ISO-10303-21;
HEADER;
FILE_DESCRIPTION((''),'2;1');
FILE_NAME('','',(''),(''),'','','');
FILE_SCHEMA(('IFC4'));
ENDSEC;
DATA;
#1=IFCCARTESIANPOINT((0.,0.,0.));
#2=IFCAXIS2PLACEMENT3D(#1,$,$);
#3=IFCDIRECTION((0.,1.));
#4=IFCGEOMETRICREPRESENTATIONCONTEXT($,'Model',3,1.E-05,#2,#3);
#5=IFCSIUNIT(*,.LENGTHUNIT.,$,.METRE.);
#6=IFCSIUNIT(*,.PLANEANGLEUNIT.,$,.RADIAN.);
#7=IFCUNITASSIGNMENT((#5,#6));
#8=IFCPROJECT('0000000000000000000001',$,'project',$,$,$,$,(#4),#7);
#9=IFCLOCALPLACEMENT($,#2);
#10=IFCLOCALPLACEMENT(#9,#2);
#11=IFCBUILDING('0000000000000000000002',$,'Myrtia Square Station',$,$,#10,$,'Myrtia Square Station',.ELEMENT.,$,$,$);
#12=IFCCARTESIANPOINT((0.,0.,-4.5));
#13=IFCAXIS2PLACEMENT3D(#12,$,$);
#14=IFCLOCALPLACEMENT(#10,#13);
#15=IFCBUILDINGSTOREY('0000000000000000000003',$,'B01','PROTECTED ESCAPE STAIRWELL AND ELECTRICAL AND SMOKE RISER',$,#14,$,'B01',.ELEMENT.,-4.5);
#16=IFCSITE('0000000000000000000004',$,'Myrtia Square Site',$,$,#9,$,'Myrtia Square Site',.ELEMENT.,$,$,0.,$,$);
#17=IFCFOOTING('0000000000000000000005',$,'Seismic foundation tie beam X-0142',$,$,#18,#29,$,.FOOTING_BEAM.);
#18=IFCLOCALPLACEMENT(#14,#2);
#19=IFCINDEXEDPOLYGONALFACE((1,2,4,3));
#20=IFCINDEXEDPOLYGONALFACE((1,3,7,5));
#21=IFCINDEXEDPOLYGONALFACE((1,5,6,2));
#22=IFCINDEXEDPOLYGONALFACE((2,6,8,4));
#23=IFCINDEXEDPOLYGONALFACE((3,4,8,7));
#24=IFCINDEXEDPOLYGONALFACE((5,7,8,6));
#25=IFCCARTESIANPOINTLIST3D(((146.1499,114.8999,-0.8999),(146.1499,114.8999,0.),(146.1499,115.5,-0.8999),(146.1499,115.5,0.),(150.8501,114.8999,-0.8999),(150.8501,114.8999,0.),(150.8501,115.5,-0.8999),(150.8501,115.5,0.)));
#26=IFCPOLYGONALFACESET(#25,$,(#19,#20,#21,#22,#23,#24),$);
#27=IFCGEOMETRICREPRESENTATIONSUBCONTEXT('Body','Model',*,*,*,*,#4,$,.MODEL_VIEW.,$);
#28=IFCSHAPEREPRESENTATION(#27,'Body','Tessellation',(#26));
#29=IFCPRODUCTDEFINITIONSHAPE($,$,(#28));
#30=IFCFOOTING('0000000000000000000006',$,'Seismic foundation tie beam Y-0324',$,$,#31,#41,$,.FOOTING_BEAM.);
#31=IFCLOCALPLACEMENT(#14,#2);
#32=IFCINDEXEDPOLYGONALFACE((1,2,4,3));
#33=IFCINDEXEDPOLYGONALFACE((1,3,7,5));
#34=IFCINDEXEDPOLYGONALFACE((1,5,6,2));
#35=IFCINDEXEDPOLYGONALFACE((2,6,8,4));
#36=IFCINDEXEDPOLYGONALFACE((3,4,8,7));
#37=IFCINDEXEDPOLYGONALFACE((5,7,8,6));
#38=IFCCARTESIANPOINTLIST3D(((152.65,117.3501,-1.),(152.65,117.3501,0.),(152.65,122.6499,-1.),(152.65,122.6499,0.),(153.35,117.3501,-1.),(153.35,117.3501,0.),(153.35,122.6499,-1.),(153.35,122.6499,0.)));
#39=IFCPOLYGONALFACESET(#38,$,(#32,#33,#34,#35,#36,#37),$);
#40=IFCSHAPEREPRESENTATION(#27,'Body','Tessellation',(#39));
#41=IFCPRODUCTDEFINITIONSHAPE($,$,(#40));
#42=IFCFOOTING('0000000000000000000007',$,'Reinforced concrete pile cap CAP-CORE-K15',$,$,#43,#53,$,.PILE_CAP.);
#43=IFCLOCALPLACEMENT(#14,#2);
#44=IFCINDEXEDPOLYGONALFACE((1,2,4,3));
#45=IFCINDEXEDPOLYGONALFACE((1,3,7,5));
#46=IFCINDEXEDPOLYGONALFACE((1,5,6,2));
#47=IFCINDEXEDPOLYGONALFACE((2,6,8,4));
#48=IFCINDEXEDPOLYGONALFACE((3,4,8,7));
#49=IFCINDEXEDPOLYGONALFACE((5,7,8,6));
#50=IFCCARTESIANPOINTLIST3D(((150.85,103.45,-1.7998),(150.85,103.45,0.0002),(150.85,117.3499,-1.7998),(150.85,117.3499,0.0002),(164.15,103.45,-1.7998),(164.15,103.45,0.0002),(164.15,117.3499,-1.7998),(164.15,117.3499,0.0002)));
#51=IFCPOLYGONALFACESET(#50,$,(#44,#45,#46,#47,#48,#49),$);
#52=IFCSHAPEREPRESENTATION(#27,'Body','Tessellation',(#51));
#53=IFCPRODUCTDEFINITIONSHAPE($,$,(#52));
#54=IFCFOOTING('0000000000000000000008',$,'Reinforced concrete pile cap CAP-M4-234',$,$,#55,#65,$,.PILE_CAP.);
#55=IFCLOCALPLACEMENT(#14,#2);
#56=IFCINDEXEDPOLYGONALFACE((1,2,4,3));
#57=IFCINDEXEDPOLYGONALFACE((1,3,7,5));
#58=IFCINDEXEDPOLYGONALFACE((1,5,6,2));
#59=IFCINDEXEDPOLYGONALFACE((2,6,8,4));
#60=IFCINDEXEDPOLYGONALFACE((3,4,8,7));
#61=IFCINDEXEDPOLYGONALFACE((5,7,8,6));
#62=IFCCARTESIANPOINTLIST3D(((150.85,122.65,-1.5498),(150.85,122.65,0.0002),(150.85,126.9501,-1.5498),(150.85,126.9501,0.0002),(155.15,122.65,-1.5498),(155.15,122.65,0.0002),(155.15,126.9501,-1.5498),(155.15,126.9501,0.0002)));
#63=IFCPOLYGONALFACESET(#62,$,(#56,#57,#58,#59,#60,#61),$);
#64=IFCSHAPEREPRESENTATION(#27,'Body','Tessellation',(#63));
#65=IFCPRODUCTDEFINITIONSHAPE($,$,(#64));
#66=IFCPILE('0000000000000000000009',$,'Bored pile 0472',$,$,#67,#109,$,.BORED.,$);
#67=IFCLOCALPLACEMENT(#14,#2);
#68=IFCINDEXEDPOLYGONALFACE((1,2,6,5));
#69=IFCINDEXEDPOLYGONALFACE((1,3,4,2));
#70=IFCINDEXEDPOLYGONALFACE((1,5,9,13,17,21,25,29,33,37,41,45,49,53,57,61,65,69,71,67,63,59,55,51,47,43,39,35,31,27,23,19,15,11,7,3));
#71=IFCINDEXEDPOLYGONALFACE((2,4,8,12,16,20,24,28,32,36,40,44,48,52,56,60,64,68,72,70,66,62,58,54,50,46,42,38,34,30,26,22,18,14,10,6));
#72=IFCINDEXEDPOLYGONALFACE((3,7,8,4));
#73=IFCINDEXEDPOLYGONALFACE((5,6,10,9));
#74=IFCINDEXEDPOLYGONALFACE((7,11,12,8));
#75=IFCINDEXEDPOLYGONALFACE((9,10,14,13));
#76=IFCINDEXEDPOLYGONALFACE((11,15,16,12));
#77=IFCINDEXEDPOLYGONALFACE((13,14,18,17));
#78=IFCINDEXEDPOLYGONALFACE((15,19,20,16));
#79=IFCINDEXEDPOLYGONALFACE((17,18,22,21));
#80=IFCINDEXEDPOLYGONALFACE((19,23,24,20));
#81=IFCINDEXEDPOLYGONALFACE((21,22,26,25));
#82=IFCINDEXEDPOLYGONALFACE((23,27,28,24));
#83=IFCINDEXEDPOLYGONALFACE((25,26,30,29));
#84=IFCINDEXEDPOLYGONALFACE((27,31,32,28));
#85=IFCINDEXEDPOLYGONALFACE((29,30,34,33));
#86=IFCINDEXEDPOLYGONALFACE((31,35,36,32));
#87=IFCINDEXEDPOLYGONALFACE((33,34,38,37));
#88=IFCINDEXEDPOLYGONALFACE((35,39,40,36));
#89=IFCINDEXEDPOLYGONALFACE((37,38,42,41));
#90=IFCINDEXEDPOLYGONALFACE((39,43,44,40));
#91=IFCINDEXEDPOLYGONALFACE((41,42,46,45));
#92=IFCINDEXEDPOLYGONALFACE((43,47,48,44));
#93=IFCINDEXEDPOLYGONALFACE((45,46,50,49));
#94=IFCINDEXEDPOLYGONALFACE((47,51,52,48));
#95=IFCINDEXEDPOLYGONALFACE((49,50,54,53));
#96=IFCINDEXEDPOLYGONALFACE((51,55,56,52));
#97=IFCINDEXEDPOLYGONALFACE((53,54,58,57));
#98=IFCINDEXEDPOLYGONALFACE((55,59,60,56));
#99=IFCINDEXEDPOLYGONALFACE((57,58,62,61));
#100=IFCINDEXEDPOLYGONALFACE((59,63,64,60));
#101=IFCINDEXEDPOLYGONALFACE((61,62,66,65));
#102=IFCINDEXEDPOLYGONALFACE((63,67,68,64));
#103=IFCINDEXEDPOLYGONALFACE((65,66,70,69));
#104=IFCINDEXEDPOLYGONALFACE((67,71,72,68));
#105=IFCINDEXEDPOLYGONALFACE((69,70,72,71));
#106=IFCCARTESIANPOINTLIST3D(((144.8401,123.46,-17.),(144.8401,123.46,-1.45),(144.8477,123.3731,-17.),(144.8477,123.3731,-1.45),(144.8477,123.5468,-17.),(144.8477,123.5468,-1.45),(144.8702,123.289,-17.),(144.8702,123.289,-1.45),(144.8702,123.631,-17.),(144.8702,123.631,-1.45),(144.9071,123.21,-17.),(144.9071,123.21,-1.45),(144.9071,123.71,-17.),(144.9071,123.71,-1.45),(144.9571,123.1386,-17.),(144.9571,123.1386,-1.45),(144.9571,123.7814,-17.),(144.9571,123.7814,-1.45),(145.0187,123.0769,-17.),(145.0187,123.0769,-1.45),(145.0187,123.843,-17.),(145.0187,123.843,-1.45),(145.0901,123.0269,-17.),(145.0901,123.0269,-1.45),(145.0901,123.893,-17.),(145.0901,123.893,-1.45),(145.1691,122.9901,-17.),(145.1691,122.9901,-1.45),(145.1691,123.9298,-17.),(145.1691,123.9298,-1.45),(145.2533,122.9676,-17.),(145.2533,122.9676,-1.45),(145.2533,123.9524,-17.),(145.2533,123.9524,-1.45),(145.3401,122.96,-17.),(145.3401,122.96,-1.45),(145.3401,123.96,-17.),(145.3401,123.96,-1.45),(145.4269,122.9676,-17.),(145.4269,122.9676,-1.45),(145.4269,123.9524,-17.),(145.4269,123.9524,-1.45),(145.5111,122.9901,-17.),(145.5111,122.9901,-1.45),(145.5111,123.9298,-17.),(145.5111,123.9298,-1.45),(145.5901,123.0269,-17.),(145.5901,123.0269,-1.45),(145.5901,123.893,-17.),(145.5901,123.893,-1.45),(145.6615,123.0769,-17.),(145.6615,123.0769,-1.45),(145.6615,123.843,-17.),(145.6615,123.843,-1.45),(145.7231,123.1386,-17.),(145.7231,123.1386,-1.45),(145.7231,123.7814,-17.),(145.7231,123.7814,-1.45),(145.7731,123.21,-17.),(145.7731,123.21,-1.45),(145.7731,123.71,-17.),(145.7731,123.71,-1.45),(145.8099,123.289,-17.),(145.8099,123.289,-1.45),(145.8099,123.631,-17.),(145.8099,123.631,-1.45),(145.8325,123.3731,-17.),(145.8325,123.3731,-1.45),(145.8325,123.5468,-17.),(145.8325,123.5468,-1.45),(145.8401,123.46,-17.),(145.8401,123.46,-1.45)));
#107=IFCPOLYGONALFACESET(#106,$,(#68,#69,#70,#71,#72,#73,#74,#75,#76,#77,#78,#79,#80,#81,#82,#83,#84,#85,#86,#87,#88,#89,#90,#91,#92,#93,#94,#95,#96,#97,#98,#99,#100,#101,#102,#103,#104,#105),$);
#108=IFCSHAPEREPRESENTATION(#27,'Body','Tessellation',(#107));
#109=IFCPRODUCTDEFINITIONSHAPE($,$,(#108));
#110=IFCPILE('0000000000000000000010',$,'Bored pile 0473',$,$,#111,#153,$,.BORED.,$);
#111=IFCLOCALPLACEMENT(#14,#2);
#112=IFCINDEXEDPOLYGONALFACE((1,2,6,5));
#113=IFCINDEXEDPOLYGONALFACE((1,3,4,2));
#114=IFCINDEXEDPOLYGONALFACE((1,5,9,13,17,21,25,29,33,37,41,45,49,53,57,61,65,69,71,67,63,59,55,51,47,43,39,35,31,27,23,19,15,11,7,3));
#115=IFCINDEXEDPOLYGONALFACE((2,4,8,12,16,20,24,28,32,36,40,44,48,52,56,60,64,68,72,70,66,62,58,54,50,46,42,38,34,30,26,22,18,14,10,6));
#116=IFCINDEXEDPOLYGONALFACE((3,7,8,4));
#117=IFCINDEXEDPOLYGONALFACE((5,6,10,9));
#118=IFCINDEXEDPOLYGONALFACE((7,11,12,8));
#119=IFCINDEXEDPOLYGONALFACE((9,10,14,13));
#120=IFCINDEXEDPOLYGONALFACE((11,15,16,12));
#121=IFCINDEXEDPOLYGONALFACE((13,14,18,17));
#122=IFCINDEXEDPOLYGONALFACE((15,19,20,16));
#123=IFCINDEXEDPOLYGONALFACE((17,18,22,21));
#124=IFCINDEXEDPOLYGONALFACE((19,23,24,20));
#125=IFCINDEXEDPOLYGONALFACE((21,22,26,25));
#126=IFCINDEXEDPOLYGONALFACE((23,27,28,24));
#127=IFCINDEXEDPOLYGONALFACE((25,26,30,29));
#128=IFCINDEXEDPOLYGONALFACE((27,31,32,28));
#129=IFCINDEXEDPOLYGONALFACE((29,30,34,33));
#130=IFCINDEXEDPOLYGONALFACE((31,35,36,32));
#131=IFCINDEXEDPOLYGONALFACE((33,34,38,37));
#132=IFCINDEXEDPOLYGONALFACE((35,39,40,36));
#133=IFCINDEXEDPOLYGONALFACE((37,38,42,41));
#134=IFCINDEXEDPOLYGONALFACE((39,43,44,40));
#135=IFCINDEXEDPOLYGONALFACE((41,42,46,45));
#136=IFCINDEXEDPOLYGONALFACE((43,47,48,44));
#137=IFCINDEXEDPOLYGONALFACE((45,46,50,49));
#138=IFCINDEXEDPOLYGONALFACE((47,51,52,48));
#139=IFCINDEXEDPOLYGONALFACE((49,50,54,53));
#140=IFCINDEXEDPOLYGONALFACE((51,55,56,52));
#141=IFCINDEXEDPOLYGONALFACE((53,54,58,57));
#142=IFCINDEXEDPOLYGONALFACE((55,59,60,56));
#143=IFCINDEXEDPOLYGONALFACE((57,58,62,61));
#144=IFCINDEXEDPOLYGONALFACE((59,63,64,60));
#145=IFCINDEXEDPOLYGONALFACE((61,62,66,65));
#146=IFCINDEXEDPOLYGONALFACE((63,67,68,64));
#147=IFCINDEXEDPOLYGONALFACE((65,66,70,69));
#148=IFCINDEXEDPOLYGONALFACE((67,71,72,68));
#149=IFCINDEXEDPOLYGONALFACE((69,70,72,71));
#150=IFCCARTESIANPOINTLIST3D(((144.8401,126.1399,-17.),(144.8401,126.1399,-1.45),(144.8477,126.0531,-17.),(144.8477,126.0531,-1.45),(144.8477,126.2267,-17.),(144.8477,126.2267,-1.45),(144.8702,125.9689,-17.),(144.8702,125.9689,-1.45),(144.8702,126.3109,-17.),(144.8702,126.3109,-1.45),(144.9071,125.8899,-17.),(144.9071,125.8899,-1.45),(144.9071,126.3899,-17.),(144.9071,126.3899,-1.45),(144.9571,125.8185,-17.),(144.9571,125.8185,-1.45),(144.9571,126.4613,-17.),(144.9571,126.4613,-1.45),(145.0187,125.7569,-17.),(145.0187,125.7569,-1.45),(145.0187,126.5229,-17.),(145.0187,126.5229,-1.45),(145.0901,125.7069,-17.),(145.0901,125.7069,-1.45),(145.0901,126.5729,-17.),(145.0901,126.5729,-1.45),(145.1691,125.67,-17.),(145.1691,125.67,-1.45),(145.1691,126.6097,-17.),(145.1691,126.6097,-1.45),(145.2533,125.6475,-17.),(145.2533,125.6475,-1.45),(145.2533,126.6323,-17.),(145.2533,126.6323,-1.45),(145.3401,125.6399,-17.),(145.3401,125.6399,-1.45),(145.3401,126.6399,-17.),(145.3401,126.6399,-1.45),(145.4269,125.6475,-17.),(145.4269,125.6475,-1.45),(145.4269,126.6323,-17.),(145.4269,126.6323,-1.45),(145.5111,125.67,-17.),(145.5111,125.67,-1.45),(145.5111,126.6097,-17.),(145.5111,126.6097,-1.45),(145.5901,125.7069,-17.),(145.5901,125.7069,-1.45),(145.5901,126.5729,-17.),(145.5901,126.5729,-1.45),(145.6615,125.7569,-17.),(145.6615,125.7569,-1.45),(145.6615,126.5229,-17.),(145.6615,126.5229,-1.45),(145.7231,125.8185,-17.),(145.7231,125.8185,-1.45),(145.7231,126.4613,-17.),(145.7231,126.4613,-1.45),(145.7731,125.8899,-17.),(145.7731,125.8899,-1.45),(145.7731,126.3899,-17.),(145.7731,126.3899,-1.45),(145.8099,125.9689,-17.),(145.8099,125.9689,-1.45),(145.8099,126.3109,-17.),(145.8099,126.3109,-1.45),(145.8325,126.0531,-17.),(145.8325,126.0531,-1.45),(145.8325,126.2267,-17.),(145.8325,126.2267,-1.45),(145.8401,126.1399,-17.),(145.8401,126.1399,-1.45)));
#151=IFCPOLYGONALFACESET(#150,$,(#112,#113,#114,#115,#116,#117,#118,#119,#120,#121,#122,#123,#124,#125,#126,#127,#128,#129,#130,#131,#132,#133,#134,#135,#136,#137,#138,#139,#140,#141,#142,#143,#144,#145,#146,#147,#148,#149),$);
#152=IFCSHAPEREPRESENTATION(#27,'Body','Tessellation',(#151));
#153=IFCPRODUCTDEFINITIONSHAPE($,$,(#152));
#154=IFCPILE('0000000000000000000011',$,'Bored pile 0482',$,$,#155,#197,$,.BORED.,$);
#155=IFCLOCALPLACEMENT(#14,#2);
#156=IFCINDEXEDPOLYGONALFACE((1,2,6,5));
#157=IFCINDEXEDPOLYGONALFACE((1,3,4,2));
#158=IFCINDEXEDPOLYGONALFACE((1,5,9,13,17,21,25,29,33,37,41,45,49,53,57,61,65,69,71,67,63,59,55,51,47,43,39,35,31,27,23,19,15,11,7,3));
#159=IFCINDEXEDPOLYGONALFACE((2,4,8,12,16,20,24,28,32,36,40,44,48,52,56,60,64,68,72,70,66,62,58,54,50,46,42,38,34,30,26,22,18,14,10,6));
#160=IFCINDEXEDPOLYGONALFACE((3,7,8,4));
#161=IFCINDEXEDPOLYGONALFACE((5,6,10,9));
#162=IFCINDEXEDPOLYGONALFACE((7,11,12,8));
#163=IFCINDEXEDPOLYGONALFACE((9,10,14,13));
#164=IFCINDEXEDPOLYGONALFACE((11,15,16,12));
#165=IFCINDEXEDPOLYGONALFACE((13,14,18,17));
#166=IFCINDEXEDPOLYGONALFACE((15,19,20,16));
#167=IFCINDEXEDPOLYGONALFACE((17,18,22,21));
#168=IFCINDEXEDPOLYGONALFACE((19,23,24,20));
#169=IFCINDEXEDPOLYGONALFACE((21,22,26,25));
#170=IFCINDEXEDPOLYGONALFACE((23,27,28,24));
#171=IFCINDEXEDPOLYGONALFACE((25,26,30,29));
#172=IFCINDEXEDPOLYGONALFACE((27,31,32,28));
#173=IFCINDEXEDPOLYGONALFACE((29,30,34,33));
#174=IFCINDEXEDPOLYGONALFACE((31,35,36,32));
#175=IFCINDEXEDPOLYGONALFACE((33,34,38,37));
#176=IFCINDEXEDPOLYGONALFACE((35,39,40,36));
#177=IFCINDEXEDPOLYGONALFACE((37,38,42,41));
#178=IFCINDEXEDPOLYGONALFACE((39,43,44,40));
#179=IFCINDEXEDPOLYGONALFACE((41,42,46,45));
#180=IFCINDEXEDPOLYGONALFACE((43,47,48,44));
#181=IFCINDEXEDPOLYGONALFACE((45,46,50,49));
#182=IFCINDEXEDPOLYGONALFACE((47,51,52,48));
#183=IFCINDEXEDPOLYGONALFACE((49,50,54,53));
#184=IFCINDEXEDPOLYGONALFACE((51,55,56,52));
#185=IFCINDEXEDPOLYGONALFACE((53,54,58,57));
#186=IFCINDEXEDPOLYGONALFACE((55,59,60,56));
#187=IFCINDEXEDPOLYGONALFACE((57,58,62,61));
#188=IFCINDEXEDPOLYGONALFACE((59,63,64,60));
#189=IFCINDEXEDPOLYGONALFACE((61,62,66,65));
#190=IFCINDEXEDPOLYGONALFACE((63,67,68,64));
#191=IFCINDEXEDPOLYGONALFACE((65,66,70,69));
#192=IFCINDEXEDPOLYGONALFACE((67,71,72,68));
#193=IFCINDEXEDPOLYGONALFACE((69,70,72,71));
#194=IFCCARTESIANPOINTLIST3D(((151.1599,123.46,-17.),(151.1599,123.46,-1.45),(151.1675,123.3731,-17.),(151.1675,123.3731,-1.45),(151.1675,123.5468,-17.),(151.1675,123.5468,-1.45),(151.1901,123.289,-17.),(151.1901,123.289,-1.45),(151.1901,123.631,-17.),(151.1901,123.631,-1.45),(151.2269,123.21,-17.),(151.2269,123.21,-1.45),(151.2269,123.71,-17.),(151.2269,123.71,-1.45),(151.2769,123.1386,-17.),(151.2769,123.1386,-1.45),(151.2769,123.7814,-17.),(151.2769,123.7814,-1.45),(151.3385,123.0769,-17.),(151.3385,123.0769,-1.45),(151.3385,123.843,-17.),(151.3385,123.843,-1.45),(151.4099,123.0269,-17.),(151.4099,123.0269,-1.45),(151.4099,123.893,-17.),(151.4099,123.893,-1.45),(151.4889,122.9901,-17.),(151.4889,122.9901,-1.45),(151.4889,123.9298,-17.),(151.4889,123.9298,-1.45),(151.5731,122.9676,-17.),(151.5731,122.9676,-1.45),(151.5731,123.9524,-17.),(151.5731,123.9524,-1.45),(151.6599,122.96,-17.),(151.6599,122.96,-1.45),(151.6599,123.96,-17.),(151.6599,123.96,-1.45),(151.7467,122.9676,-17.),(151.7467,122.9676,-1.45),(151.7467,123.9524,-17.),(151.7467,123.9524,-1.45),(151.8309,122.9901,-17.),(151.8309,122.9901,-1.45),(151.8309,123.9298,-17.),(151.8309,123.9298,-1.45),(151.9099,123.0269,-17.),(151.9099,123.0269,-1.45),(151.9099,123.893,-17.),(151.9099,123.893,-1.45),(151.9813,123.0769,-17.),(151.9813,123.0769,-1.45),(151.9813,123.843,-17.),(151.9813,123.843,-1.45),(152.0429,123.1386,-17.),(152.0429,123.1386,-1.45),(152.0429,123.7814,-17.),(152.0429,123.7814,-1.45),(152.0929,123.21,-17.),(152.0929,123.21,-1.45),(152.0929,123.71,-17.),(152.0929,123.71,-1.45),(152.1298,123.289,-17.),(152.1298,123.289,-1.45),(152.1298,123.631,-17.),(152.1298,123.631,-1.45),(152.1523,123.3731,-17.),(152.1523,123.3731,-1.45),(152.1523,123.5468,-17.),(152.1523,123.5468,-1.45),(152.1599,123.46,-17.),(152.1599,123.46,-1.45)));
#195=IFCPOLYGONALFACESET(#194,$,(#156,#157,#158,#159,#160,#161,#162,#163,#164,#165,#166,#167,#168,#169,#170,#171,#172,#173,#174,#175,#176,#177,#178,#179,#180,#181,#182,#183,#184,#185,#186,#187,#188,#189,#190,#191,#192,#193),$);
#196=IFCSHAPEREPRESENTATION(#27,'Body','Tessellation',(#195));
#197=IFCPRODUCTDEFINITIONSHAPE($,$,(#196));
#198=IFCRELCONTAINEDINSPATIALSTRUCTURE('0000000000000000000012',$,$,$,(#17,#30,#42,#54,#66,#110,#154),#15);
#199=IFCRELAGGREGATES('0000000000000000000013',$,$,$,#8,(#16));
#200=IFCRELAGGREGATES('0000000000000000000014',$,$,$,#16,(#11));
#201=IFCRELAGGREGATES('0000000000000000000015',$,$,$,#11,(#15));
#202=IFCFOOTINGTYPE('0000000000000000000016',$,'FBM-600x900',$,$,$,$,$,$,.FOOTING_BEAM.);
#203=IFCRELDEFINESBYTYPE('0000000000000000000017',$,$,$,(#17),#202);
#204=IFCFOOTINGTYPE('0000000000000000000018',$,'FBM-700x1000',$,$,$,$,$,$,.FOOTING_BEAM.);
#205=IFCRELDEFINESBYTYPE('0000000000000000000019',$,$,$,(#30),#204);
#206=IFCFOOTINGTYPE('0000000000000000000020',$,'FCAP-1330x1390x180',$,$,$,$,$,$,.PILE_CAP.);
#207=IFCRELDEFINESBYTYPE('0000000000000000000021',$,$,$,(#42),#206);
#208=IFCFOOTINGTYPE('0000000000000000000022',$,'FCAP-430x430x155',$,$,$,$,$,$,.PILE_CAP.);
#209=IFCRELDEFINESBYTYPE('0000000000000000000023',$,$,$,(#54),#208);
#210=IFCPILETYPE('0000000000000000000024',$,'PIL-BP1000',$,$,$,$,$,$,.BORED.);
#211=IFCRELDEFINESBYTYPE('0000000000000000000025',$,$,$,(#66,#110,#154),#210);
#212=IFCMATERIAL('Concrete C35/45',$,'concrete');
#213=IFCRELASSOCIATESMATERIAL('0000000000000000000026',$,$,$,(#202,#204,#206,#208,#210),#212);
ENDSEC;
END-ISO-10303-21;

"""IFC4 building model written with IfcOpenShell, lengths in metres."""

from ifc_helpers import new_model, si_unit, direction, frame, origin, origin_2d, place, context, subcontext, project, spatial, rectangle, circle, extrude, material, material_profile, profile_set, type_object, element, save


model = new_model("IFC4")

# Units and contexts
model_context = context("Model", 3, precision=1e-05, world=origin(), true_north=direction((0.0, 1.0)))
body_context = subcontext(model_context, "Body", "Model", "MODEL_VIEW")
ifc_project = project(units=[si_unit("LENGTHUNIT", "METRE"), si_unit("PLANEANGLEUNIT", "RADIAN")], contexts=[model_context])

# Site, building, storey
site_placement = place(None, origin())
site = spatial("IfcSite", under=ifc_project, at=site_placement, Name="Myrtia Square Site", LongName="Myrtia Square Site", CompositionType="ELEMENT", RefElevation=0.0)
building_placement = place(site_placement, origin())
building = spatial("IfcBuilding", under=site, at=building_placement, Name="Myrtia Square Station", LongName="Myrtia Square Station", CompositionType="ELEMENT")
storey_placement = place(building_placement, frame((0.0, 0.0, -4.5)))
storey = spatial("IfcBuildingStorey", under=building, at=storey_placement, Name="B01", Description="PROTECTED ESCAPE STAIRWELL AND ELECTRICAL AND SMOKE RISER", LongName="B01", CompositionType="ELEMENT", Elevation=-4.5)

# Footings
ifc_material_1 = material(Name="Concrete C35/45", Category="concrete")
ifc_material_profile_1 = material_profile(ifc_material_1, rectangle(XDim=0.6001, YDim=0.8999, at=origin_2d()), Name="FB 600x900")
ifc_profile_set_1 = profile_set([ifc_material_profile_1], Name="Concrete C35/45")
footing_type_1 = type_object("IfcFootingType", Name="FBM-600x900", PredefinedType="FOOTING_BEAM", material=ifc_profile_set_1)
footing_1_placement = place(storey_placement, frame((146.1499, 115.2, -0.45), z_axis=(1.0, 0.0, 0.0), x_axis=(0.0, 1.0, 0.0)))
element("IfcFooting", 1, at=footing_1_placement, inside=storey, type_object=footing_type_1, Name="Seismic foundation tie beam X-0142", PredefinedType="FOOTING_BEAM", context=body_context, shape_type="SweptSolid", body=[
    extrude(rectangle(XDim=0.6001, YDim=0.8999, at=origin_2d()), origin(), (0.0, 0.0, 1.0), 4.7002),
])
ifc_material_profile_2 = material_profile(ifc_material_1, rectangle(XDim=0.7, YDim=1.0, at=origin_2d()), Name="FB 700x1000")
ifc_profile_set_2 = profile_set([ifc_material_profile_2], Name="Concrete C35/45")
footing_type_2 = type_object("IfcFootingType", Name="FBM-700x1000", PredefinedType="FOOTING_BEAM", material=ifc_profile_set_2)
footing_2_placement = place(storey_placement, frame((153.0, 117.3501, -0.5), z_axis=(0.0, 1.0, 0.0), x_axis=(-1.0, 0.0, 0.0)))
element("IfcFooting", 2, at=footing_2_placement, inside=storey, type_object=footing_type_2, Name="Seismic foundation tie beam Y-0324", PredefinedType="FOOTING_BEAM", context=body_context, shape_type="SweptSolid", body=[
    extrude(rectangle(XDim=0.7, YDim=1.0, at=origin_2d()), origin(), (0.0, 0.0, 1.0), 5.2998),
])
footing_type_3 = type_object("IfcFootingType", Name="FCAP-1330x1390x180", PredefinedType="PILE_CAP", material=ifc_material_1)
footing_3_placement = place(storey_placement, frame((157.5, 110.3999, -1.7998), z_axis=(0.0, 0.0, 1.0), x_axis=(1.0, 0.0, 0.0)))
element("IfcFooting", 3, at=footing_3_placement, inside=storey, type_object=footing_type_3, Name="Reinforced concrete pile cap CAP-CORE-K15", PredefinedType="PILE_CAP", context=body_context, shape_type="SweptSolid", body=[
    extrude(rectangle(XDim=13.3, YDim=13.8999, at=origin_2d()), origin(), (0.0, 0.0, 1.0), 1.8),
])
footing_type_4 = type_object("IfcFootingType", Name="FCAP-430x430x155", PredefinedType="PILE_CAP", material=ifc_material_1)
footing_4_placement = place(storey_placement, frame((153.0, 124.8, -1.5498), z_axis=(0.0, 0.0, 1.0), x_axis=(1.0, 0.0, 0.0)))
element("IfcFooting", 4, at=footing_4_placement, inside=storey, type_object=footing_type_4, Name="Reinforced concrete pile cap CAP-M4-234", PredefinedType="PILE_CAP", context=body_context, shape_type="SweptSolid", body=[
    extrude(rectangle(XDim=4.3, YDim=4.3, at=origin_2d()), origin(), (0.0, 0.0, 1.0), 1.55),
])

# Piles
ifc_material_profile_3 = material_profile(ifc_material_1, circle(Radius=0.5, at=origin_2d()), Name="BP D1000")
ifc_profile_set_3 = profile_set([ifc_material_profile_3], Name="Concrete C35/45")
pile_type_1 = type_object("IfcPileType", Name="PIL-BP1000", PredefinedType="BORED", material=ifc_profile_set_3)
for number, where, z_axis, x_axis, name in (
    (5, (145.3401, 123.46, -1.45), (0.0, 0.0, -1.0), (1.0, 0.0, 0.0), "Bored pile 0472"),
    (6, (145.3401, 126.1399, -1.45), (0.0, 0.0, -1.0), (1.0, 0.0, 0.0), "Bored pile 0473"),
    (7, (151.6599, 123.46, -1.45), (0.0, 0.0, -1.0), (1.0, 0.0, 0.0), "Bored pile 0482"),
):
    element("IfcPile", number, at=place(storey_placement, frame(where, z_axis=z_axis, x_axis=x_axis)), inside=storey, type_object=pile_type_1, Name=name, PredefinedType="BORED", context=body_context, shape_type="SweptSolid", body=[
        extrude(circle(Radius=0.5, at=origin_2d()), origin(), (0.0, 0.0, 1.0), 15.55),
    ])

save(model, "model.ifc")
